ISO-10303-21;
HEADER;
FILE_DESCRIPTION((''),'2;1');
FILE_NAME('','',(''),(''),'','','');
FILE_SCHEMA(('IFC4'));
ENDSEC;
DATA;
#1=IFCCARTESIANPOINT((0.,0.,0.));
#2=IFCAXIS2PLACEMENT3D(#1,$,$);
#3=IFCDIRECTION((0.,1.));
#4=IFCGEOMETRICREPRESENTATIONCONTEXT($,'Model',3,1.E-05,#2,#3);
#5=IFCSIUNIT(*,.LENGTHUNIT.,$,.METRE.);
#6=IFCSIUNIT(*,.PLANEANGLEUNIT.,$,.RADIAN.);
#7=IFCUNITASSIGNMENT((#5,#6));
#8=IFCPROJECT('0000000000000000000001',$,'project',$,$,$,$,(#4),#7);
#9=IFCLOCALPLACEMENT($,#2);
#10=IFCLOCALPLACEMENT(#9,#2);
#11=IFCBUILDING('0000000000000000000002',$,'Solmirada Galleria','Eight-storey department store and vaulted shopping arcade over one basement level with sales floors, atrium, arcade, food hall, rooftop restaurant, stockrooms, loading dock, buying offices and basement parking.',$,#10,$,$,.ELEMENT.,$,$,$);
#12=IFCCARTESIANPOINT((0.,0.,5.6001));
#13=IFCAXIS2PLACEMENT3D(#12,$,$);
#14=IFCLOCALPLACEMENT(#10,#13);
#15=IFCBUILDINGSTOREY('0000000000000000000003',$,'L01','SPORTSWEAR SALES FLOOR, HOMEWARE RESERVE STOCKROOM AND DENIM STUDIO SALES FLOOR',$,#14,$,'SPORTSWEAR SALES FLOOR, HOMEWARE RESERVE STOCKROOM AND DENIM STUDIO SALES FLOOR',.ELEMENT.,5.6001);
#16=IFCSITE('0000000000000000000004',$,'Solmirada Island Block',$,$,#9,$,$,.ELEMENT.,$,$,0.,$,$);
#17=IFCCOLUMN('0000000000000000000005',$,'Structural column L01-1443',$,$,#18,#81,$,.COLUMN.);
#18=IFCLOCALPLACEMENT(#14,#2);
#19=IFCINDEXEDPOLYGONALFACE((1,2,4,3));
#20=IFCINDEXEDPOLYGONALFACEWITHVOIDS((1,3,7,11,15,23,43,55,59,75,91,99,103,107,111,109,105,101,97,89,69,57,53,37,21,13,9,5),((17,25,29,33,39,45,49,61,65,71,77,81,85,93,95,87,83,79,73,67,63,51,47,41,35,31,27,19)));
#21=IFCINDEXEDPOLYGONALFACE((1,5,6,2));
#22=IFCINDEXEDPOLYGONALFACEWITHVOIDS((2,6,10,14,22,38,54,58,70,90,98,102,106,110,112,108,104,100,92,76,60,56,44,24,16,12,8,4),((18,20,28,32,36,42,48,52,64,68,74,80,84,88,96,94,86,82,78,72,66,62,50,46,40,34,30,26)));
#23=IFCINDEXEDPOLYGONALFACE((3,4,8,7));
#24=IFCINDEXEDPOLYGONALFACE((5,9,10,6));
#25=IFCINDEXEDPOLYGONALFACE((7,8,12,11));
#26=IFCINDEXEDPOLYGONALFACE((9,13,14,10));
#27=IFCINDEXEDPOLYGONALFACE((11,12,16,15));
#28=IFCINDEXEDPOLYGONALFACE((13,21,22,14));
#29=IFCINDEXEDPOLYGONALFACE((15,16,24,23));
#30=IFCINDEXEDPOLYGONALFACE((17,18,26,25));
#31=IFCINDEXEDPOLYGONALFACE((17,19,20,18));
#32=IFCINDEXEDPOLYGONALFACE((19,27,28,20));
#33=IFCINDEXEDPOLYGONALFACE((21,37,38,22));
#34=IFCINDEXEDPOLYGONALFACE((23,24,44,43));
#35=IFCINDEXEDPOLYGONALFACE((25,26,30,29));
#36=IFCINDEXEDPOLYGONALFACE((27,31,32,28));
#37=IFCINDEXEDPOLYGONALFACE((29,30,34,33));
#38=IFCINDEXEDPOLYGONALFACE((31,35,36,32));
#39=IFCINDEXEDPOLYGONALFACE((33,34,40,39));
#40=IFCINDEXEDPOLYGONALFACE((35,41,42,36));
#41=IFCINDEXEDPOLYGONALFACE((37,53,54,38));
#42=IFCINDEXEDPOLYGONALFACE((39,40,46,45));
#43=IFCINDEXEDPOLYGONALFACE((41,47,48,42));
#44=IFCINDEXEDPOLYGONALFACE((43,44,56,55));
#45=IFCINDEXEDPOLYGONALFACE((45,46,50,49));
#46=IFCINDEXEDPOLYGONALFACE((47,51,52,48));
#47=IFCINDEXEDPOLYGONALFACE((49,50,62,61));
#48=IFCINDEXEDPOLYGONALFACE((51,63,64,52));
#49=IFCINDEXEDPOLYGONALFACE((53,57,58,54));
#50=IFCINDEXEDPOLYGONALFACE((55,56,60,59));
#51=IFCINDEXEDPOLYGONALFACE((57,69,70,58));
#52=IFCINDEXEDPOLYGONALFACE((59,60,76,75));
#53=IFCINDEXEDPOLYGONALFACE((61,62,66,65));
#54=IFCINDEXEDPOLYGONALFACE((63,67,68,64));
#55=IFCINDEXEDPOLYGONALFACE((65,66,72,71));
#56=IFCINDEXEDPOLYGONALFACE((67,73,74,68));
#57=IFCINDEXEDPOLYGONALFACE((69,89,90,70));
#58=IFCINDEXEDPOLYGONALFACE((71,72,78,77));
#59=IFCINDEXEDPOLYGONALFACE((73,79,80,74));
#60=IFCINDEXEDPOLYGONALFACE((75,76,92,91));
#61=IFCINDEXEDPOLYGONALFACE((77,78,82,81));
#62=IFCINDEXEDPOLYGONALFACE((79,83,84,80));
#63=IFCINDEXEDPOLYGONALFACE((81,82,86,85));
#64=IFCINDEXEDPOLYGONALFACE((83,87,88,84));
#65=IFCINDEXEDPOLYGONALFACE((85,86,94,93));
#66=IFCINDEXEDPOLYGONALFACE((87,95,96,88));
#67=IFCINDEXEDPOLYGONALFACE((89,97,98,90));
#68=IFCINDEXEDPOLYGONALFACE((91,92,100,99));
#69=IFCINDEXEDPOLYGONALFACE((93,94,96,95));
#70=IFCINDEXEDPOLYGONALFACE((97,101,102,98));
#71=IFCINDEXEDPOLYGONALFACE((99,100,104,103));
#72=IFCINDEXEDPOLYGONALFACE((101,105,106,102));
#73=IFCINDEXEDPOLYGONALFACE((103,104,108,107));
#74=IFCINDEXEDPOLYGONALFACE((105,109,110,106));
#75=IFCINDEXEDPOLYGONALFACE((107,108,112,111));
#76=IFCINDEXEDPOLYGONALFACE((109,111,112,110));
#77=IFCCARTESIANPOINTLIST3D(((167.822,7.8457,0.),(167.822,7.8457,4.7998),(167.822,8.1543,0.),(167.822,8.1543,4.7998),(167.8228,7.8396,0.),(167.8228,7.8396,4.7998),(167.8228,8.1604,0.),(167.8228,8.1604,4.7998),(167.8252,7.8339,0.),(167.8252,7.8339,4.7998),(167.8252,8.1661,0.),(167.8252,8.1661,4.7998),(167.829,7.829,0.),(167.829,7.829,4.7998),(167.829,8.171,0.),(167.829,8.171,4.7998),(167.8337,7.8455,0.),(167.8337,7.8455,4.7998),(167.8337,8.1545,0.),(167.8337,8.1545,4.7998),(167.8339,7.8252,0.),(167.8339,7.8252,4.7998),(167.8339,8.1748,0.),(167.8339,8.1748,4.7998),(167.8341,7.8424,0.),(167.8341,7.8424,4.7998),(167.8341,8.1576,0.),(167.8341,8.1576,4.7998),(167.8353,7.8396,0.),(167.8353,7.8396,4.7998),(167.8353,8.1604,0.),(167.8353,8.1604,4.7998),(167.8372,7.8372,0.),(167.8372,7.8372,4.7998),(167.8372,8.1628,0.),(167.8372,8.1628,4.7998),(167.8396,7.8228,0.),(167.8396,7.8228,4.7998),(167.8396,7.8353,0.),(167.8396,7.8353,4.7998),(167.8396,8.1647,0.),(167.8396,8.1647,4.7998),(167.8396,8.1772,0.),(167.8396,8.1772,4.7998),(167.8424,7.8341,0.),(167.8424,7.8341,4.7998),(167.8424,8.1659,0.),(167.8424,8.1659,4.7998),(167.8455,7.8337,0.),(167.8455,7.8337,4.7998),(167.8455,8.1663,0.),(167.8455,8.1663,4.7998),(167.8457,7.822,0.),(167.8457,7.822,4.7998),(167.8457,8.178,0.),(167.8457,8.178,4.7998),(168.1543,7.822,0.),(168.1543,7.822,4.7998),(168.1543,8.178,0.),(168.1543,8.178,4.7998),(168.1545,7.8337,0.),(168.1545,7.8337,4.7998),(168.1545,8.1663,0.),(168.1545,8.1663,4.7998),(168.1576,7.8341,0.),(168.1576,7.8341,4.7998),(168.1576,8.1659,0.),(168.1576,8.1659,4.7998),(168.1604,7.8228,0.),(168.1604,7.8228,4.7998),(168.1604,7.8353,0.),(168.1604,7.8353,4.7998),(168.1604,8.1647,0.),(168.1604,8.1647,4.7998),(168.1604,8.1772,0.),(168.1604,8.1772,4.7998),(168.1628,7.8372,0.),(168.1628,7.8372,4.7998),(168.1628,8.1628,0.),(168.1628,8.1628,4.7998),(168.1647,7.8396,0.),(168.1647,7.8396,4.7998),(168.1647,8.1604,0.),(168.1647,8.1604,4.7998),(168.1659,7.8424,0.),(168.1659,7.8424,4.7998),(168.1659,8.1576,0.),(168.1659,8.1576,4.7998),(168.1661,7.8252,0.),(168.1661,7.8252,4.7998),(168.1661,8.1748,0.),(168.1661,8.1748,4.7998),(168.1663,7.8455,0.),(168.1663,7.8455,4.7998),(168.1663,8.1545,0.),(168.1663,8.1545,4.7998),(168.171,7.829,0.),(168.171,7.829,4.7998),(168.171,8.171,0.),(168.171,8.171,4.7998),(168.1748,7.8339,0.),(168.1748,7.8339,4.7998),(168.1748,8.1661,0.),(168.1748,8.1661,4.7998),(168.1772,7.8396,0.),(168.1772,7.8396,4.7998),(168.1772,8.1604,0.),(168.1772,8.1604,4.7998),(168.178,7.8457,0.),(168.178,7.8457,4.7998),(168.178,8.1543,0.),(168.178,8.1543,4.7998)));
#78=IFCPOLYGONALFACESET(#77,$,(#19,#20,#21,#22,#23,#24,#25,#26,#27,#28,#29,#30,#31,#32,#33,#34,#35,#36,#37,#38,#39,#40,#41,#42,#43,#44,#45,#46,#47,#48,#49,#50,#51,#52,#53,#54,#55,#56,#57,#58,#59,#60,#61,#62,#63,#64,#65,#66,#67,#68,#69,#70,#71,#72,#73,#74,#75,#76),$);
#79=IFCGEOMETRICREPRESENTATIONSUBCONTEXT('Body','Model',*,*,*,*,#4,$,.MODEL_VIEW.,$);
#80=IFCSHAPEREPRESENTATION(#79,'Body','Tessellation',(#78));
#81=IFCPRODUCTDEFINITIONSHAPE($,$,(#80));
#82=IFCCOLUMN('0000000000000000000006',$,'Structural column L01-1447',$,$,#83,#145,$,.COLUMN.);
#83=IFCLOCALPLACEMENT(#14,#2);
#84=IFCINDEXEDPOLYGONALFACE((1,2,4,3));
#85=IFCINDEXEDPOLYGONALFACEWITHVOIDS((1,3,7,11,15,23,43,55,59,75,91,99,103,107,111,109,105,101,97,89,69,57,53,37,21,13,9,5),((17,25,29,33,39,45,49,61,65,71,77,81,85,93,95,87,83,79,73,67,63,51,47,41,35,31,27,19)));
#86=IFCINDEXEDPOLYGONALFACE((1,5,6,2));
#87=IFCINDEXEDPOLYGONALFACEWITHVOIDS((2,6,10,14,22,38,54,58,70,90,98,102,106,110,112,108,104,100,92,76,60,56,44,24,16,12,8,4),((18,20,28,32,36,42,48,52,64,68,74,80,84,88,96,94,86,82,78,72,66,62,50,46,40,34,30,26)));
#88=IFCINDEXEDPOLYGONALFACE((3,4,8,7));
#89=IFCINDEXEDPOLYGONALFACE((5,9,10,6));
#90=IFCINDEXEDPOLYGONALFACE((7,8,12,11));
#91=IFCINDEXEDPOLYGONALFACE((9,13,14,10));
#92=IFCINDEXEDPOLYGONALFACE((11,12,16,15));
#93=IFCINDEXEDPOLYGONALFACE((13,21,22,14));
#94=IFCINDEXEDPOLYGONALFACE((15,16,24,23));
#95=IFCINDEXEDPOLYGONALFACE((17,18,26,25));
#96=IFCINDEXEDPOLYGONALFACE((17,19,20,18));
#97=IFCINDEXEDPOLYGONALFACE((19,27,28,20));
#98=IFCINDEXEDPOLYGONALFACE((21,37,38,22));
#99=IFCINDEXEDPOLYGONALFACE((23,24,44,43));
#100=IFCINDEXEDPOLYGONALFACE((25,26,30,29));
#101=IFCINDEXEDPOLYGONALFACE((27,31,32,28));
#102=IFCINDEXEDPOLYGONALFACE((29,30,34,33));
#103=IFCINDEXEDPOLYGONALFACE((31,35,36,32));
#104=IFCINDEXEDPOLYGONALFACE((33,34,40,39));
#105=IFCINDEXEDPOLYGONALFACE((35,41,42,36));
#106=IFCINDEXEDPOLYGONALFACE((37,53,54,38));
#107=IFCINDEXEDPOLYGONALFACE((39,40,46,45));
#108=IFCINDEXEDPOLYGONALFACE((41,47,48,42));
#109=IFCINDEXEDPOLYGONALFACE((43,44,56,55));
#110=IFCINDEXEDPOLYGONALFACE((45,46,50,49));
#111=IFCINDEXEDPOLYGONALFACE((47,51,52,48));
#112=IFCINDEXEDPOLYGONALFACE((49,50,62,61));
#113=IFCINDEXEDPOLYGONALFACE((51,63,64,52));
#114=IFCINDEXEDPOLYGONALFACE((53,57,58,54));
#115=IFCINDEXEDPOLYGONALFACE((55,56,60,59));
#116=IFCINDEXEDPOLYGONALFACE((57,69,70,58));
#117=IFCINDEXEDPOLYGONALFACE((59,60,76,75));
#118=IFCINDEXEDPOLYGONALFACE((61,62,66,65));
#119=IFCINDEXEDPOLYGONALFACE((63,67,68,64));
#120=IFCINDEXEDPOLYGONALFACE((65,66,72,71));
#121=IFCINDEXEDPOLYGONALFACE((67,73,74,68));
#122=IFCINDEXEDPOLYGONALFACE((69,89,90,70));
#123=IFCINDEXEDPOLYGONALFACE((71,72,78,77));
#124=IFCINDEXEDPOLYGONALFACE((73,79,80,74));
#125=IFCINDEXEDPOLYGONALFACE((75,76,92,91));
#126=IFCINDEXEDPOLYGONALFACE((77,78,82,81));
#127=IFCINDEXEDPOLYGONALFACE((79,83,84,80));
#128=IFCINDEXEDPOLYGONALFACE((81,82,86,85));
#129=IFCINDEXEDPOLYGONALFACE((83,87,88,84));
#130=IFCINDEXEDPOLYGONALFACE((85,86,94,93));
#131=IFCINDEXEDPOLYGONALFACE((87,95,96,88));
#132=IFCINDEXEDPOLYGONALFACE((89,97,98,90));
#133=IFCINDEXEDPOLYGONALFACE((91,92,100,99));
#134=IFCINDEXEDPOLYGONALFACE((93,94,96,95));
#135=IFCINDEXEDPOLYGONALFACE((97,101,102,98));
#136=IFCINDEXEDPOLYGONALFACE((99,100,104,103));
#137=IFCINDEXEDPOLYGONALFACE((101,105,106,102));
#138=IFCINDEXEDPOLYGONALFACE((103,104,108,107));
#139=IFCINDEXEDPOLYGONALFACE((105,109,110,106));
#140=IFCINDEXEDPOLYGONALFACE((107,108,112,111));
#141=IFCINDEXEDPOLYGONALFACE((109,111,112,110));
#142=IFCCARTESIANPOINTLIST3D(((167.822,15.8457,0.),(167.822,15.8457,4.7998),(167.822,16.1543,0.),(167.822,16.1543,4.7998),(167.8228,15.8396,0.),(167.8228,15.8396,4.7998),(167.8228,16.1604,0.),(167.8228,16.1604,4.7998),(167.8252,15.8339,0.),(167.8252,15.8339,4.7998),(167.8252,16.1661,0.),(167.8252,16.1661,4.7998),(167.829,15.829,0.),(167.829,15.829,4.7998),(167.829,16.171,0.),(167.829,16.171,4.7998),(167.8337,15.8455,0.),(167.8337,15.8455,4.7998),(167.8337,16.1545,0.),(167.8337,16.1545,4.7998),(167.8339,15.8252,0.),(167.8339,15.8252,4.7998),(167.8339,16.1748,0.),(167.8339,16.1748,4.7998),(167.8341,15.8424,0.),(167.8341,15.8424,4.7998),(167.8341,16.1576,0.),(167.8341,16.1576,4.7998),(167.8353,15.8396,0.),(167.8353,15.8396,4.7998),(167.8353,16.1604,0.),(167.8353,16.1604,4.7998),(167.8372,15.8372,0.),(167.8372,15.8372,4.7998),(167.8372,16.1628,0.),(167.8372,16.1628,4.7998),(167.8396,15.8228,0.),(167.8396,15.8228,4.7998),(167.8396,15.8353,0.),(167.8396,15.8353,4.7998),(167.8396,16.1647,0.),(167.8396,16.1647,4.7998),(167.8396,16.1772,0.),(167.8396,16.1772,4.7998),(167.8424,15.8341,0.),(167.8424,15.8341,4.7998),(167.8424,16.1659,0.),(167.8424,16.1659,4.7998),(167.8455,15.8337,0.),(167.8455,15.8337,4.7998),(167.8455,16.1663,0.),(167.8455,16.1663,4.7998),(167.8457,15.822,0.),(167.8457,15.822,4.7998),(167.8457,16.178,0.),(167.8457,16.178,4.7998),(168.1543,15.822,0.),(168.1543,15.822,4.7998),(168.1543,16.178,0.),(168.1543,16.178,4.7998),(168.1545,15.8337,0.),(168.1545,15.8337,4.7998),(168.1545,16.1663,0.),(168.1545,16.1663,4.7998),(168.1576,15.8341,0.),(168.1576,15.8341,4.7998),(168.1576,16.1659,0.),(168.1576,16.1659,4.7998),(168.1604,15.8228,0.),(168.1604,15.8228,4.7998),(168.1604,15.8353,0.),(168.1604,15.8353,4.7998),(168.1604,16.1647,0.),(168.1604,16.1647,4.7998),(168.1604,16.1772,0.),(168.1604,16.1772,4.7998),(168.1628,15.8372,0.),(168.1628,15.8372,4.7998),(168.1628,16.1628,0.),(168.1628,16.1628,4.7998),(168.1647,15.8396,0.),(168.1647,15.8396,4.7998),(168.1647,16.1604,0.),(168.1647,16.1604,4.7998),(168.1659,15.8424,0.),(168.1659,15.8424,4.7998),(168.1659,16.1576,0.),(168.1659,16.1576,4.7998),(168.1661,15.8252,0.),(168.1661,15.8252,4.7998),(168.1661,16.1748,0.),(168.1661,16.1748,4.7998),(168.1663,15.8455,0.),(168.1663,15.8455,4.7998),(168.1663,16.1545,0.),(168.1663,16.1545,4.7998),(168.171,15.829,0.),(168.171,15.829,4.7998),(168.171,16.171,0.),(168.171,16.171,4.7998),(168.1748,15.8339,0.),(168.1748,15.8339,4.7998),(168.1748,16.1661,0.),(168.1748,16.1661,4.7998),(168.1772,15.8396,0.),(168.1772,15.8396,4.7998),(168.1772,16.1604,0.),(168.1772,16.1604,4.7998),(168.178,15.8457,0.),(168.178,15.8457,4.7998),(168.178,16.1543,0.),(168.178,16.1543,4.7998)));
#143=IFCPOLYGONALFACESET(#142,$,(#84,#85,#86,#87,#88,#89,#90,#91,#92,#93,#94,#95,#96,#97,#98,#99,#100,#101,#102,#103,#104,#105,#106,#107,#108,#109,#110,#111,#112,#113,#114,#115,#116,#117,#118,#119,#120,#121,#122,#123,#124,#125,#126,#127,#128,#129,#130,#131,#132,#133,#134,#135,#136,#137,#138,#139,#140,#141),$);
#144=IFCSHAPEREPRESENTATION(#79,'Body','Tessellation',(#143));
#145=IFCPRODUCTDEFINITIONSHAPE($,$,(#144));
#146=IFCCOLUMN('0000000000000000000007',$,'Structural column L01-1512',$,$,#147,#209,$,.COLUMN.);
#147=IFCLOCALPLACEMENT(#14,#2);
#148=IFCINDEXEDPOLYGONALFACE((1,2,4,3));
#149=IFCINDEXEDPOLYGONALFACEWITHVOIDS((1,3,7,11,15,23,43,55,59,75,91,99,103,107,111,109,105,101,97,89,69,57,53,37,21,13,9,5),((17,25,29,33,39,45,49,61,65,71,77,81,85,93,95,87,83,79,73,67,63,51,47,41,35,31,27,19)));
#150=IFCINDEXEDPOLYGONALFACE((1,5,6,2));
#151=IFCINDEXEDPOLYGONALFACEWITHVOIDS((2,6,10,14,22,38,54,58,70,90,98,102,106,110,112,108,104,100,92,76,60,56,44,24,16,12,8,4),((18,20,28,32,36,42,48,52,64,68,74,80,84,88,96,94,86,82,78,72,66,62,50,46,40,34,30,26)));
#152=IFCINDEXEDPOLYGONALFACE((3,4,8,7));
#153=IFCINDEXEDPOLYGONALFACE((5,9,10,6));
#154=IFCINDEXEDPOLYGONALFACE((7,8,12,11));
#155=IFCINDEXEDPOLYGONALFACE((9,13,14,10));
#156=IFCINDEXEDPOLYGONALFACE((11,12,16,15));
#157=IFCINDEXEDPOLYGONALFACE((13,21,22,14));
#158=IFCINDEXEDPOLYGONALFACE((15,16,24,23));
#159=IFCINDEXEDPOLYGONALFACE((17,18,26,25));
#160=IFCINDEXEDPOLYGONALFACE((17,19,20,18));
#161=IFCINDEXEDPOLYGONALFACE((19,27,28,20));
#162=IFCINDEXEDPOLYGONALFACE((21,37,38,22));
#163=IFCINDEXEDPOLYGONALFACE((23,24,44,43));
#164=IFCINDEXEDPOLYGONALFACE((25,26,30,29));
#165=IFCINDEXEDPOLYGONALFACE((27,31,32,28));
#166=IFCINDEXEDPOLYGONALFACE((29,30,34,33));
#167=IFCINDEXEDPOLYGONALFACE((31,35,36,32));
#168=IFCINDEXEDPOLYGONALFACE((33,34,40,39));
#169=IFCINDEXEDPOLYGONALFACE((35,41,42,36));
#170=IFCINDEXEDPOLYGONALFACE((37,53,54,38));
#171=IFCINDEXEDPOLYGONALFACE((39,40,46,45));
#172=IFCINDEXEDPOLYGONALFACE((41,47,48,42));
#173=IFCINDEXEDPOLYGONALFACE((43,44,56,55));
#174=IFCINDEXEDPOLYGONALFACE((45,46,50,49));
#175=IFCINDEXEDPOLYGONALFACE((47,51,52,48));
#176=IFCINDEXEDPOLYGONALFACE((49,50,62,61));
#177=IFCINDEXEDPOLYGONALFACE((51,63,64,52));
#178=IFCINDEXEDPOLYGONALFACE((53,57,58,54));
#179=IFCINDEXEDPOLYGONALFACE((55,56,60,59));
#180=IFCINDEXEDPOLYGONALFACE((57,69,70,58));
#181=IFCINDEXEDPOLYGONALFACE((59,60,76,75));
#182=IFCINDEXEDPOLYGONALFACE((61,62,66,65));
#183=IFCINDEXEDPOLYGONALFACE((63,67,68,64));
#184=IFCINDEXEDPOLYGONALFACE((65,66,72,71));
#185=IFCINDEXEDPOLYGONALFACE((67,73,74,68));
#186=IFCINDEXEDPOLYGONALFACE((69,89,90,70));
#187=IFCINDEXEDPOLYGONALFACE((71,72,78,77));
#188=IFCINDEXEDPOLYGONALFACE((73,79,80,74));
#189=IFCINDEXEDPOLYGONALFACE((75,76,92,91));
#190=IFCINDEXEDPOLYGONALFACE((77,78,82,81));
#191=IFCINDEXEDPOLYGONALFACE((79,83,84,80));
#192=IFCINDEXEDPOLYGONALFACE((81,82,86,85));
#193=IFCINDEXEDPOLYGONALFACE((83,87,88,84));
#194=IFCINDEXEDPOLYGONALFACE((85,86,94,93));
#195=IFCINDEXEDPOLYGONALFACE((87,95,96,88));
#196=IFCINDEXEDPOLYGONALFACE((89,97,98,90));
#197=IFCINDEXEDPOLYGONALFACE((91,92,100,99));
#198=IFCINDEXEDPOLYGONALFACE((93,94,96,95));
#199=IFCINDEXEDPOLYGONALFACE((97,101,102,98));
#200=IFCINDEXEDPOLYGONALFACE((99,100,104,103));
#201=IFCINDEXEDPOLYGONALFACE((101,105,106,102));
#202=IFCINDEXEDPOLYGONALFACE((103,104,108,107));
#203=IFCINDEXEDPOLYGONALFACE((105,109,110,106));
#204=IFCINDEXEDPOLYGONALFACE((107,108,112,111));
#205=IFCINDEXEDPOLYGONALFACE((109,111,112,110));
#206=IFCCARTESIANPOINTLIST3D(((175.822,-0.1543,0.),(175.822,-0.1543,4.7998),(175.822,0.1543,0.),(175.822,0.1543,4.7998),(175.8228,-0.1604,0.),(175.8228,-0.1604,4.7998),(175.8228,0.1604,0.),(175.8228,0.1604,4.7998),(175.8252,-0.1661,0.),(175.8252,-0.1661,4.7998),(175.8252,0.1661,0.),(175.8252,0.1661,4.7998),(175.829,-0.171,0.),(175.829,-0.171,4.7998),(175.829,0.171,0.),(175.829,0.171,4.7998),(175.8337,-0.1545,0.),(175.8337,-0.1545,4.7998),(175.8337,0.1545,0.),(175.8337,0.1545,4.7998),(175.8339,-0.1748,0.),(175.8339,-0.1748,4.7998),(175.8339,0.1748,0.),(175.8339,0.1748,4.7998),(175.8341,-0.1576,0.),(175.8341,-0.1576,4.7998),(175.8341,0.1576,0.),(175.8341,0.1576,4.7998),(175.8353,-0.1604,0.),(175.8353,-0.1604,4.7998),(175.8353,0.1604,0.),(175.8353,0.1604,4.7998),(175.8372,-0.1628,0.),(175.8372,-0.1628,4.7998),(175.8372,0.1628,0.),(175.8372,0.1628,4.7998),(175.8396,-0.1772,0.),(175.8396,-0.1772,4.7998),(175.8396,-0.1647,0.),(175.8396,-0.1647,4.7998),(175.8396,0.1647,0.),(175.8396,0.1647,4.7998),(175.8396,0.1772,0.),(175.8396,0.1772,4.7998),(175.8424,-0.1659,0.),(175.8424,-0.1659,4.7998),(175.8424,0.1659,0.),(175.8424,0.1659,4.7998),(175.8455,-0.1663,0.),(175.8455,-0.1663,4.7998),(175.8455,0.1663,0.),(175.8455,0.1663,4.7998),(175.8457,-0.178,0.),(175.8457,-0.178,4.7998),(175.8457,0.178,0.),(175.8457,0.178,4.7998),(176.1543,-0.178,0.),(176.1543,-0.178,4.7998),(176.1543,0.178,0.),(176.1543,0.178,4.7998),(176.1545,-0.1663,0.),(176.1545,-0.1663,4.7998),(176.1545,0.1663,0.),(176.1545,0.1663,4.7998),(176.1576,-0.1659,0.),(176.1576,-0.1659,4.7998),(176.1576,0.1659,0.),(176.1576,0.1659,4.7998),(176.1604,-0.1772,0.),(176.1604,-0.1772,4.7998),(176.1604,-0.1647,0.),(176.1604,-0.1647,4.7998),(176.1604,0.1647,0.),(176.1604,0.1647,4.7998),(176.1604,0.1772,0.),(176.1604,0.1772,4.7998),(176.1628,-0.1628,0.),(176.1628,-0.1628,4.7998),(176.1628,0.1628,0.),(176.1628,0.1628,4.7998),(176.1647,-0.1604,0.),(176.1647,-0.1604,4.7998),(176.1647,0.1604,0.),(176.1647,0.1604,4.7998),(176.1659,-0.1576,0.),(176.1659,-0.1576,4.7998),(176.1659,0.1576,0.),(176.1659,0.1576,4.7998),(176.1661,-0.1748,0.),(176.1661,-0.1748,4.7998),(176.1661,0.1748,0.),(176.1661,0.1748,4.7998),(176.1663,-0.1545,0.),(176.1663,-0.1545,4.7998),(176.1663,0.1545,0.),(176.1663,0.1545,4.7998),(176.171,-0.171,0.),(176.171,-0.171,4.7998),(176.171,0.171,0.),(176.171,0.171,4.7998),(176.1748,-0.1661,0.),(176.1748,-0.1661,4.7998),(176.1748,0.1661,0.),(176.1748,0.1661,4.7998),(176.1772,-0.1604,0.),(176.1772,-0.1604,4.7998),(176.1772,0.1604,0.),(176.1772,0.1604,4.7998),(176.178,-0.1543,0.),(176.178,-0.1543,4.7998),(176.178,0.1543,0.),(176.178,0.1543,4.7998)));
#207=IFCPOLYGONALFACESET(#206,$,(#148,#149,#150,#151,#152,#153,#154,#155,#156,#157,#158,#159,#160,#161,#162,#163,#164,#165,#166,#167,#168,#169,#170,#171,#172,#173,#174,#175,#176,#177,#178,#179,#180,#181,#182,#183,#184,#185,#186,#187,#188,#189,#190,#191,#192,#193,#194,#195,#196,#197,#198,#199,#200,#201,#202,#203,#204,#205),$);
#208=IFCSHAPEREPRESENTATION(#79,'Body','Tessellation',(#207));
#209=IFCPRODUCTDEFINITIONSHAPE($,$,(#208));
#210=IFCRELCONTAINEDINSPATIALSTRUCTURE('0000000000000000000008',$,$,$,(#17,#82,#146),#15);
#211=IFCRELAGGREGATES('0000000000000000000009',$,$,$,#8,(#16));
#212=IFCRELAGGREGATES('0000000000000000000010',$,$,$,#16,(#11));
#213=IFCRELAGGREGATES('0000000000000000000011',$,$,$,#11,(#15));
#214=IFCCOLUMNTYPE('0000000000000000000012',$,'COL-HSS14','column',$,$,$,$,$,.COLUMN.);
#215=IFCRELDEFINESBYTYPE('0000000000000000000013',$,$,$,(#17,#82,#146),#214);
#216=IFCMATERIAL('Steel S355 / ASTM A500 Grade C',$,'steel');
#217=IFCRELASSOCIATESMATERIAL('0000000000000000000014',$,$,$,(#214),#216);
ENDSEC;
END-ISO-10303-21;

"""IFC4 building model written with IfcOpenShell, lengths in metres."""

from ifc_helpers import new_model, si_unit, direction, frame, origin, origin_2d, place, context, subcontext, project, spatial, hollow_rectangle, extrude, material, material_profile, profile_set, type_object, element, save


model = new_model("IFC4")

# Units and contexts
model_context = context("Model", 3, precision=1e-05, world=origin(), true_north=direction((0.0, 1.0)))
body_context = subcontext(model_context, "Body", "Model", "MODEL_VIEW")
ifc_project = project(units=[si_unit("LENGTHUNIT", "METRE"), si_unit("PLANEANGLEUNIT", "RADIAN")], contexts=[model_context])

# Site, building, storey
site_placement = place(None, origin())
site = spatial("IfcSite", under=ifc_project, at=site_placement, Name="Solmirada Island Block", CompositionType="ELEMENT", RefElevation=0.0)
building_placement = place(site_placement, origin())
building = spatial("IfcBuilding", under=site, at=building_placement, Name="Solmirada Galleria", Description="Eight-storey department store and vaulted shopping arcade over one basement level with sales floors, atrium, arcade, food hall, rooftop restaurant, stockrooms, loading dock, buying offices and basement parking.", CompositionType="ELEMENT")
storey_placement = place(building_placement, frame((0.0, 0.0, 5.6001)))
storey = spatial("IfcBuildingStorey", under=building, at=storey_placement, Name="L01", Description="SPORTSWEAR SALES FLOOR, HOMEWARE RESERVE STOCKROOM AND DENIM STUDIO SALES FLOOR", LongName="SPORTSWEAR SALES FLOOR, HOMEWARE RESERVE STOCKROOM AND DENIM STUDIO SALES FLOOR", CompositionType="ELEMENT", Elevation=5.6001)

# Columns
ifc_material_1 = material(Name="Steel S355 / ASTM A500 Grade C", Category="steel")
ifc_material_profile_1 = material_profile(ifc_material_1, hollow_rectangle(XDim=0.356, YDim=0.356, WallThickness=0.0117, InnerFilletRadius=0.0117, OuterFilletRadius=0.0237, at=origin_2d()), Name="HSS14X14X1/2")
ifc_profile_set_1 = profile_set([ifc_material_profile_1], Name="Steel S355 / ASTM A500 Grade C")
column_type = type_object("IfcColumnType", Name="COL-HSS14", Description="column", PredefinedType="COLUMN", material=ifc_profile_set_1)
for number, where, z_axis, x_axis, name in (
    (1, (168.0, 8.0, 0.0), (0.0, 0.0, 1.0), (1.0, 0.0, 0.0), "Structural column L01-1443"),
    (2, (168.0, 16.0, 0.0), (0.0, 0.0, 1.0), (1.0, 0.0, 0.0), "Structural column L01-1447"),
    (3, (176.0, 0.0, 0.0), (0.0, 0.0, 1.0), (1.0, 0.0, 0.0), "Structural column L01-1512"),
):
    element("IfcColumn", number, at=place(storey_placement, frame(where, z_axis=z_axis, x_axis=x_axis)), inside=storey, type_object=column_type, Name=name, PredefinedType="COLUMN", context=body_context, shape_type="SweptSolid", body=[
        extrude(hollow_rectangle(XDim=0.356, YDim=0.356, WallThickness=0.0117, InnerFilletRadius=0.0117, OuterFilletRadius=0.0237, at=origin_2d()), origin(), (0.0, 0.0, 1.0), 4.7998),
    ])

save(model, "model.ifc")
